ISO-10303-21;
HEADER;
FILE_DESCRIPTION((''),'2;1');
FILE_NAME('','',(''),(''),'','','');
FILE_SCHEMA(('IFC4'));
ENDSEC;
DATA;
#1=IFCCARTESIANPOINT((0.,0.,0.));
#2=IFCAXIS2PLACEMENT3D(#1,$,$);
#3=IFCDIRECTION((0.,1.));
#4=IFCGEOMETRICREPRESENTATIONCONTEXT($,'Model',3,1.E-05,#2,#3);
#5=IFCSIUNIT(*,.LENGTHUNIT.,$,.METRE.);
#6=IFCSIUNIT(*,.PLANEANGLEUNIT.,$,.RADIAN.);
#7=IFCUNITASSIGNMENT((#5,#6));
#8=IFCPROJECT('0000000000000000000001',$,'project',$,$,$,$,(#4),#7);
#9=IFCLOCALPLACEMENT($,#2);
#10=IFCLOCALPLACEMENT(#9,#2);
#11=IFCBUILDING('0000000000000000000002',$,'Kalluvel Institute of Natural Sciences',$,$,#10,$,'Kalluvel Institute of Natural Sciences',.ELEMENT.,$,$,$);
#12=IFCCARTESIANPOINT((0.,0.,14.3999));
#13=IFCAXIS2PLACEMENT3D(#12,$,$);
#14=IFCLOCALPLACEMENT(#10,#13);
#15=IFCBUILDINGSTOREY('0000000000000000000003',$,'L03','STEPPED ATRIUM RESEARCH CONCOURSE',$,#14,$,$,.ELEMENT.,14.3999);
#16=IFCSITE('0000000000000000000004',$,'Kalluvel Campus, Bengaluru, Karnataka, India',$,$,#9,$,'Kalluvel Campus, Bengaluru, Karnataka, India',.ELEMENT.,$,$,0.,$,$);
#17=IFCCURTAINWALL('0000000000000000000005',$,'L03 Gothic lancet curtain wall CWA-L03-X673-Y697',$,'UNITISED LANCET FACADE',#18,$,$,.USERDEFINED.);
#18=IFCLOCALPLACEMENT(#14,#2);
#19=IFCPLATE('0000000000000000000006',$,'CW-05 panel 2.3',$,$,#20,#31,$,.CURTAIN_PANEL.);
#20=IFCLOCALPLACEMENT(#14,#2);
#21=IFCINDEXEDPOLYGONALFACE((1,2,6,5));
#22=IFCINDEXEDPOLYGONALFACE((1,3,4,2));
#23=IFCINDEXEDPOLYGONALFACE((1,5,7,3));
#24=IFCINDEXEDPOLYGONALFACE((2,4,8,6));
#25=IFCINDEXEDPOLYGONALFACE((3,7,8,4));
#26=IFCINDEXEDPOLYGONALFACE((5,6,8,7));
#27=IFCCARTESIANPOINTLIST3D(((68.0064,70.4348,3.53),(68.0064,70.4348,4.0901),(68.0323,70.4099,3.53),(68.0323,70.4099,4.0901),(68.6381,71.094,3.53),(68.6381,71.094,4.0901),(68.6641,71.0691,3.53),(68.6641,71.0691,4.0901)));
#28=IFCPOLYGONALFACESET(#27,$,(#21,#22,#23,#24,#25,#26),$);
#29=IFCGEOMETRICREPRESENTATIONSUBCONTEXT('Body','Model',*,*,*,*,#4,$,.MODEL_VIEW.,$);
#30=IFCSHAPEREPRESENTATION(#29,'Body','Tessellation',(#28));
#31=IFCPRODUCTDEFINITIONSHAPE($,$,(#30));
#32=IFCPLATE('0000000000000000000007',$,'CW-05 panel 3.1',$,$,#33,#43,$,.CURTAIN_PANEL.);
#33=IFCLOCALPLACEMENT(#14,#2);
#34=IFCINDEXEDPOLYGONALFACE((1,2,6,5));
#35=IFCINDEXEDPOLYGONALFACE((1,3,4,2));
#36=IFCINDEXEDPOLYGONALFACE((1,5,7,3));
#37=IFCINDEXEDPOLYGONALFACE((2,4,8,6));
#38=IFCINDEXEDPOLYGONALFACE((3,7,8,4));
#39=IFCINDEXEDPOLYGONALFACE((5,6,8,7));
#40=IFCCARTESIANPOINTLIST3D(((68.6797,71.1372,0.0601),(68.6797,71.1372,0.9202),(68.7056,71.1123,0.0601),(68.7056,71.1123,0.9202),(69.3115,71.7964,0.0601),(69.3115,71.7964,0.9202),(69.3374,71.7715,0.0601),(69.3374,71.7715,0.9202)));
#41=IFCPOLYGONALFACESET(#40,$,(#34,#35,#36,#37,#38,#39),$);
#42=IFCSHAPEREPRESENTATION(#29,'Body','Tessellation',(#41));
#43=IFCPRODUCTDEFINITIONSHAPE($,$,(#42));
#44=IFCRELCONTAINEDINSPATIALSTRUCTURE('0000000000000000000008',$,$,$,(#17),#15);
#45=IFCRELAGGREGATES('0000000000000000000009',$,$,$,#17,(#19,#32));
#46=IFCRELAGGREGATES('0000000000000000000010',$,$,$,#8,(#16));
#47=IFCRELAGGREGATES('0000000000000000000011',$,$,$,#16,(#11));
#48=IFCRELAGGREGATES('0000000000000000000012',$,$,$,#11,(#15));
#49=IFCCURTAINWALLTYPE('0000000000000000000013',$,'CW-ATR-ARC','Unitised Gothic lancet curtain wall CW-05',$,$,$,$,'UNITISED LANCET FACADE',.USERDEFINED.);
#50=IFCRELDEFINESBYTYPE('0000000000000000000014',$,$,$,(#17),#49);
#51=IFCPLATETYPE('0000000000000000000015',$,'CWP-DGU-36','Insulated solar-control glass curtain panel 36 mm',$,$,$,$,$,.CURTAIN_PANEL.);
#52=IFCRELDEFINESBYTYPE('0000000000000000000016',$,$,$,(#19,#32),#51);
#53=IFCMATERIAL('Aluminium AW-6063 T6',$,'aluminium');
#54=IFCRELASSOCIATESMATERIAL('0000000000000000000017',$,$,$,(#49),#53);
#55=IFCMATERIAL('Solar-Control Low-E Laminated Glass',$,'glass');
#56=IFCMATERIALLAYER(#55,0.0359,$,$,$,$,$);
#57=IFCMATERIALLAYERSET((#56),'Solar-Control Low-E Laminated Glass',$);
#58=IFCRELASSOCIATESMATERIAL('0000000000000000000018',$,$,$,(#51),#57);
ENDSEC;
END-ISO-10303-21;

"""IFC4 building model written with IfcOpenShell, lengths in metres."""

from ifc_helpers import new_model, si_unit, direction, frame, origin, origin_2d, place, context, subcontext, project, spatial, rectangle, extrude, material, layer, layer_set, type_object, element, aggregate, save


model = new_model("IFC4")

# Units and contexts
model_context = context("Model", 3, precision=1e-05, world=origin(), true_north=direction((0.0, 1.0)))
body_context = subcontext(model_context, "Body", "Model", "MODEL_VIEW")
ifc_project = project(units=[si_unit("LENGTHUNIT", "METRE"), si_unit("PLANEANGLEUNIT", "RADIAN")], contexts=[model_context])

# Site, building, storey
site_placement = place(None, origin())
site = spatial("IfcSite", under=ifc_project, at=site_placement, Name="Kalluvel Campus, Bengaluru, Karnataka, India", LongName="Kalluvel Campus, Bengaluru, Karnataka, India", CompositionType="ELEMENT", RefElevation=0.0)
building_placement = place(site_placement, origin())
building = spatial("IfcBuilding", under=site, at=building_placement, Name="Kalluvel Institute of Natural Sciences", LongName="Kalluvel Institute of Natural Sciences", CompositionType="ELEMENT")
storey_placement = place(building_placement, frame((0.0, 0.0, 14.3999)))
storey = spatial("IfcBuildingStorey", under=building, at=storey_placement, Name="L03", Description="STEPPED ATRIUM RESEARCH CONCOURSE", CompositionType="ELEMENT", Elevation=14.3999)

# Shared definitions
ifc_material_1 = material(Name="Aluminium AW-6063 T6", Category="aluminium")
curtain_wall_type = type_object("IfcCurtainWallType", Name="CW-ATR-ARC", Description="Unitised Gothic lancet curtain wall CW-05", ElementType="UNITISED LANCET FACADE", PredefinedType="USERDEFINED", material=ifc_material_1)

# Curtain wall
curtain_wall_1_placement = place(storey_placement, origin())
curtain_wall_1 = element("IfcCurtainWall", 1, at=curtain_wall_1_placement, inside=storey, type_object=curtain_wall_type, Name="L03 Gothic lancet curtain wall CWA-L03-X673-Y697", ObjectType="UNITISED LANCET FACADE", PredefinedType="USERDEFINED")

# Plates
ifc_material_2 = material(Name="Solar-Control Low-E Laminated Glass", Category="glass")
ifc_layer = layer(ifc_material_2, 0.0359)
ifc_layer_set = layer_set([ifc_layer], Name="Solar-Control Low-E Laminated Glass")
plate_type = type_object("IfcPlateType", Name="CWP-DGU-36", Description="Insulated solar-control glass curtain panel 36 mm", PredefinedType="CURTAIN_PANEL", material=ifc_layer_set)
plate_1_placement = place(storey_placement, frame((68.3352, 70.752, 3.53), z_axis=(0.0, 0.0, 1.0), x_axis=(0.691929, 0.721966, 0.0)))
plate_1 = element("IfcPlate", 2, at=plate_1_placement, type_object=plate_type, Name="CW-05 panel 2.3", PredefinedType="CURTAIN_PANEL", context=body_context, shape_type="SweptSolid", body=[
    extrude(rectangle(XDim=0.9131, YDim=0.0359, at=origin_2d()), origin(), (0.0, 0.0, 1.0), 0.5601),
])
plate_2_placement = place(storey_placement, frame((69.0085, 71.4543, 0.0601), z_axis=(0.0, 0.0, 1.0), x_axis=(0.691929, 0.721966, 0.0)))
plate_2 = element("IfcPlate", 3, at=plate_2_placement, type_object=plate_type, Name="CW-05 panel 3.1", PredefinedType="CURTAIN_PANEL", context=body_context, shape_type="SweptSolid", body=[
    extrude(rectangle(XDim=0.9131, YDim=0.0359, at=origin_2d()), origin(), (0.0, 0.0, 1.0), 0.8601),
])
aggregate(curtain_wall_1, [plate_1, plate_2])

save(model, "model.ifc")
